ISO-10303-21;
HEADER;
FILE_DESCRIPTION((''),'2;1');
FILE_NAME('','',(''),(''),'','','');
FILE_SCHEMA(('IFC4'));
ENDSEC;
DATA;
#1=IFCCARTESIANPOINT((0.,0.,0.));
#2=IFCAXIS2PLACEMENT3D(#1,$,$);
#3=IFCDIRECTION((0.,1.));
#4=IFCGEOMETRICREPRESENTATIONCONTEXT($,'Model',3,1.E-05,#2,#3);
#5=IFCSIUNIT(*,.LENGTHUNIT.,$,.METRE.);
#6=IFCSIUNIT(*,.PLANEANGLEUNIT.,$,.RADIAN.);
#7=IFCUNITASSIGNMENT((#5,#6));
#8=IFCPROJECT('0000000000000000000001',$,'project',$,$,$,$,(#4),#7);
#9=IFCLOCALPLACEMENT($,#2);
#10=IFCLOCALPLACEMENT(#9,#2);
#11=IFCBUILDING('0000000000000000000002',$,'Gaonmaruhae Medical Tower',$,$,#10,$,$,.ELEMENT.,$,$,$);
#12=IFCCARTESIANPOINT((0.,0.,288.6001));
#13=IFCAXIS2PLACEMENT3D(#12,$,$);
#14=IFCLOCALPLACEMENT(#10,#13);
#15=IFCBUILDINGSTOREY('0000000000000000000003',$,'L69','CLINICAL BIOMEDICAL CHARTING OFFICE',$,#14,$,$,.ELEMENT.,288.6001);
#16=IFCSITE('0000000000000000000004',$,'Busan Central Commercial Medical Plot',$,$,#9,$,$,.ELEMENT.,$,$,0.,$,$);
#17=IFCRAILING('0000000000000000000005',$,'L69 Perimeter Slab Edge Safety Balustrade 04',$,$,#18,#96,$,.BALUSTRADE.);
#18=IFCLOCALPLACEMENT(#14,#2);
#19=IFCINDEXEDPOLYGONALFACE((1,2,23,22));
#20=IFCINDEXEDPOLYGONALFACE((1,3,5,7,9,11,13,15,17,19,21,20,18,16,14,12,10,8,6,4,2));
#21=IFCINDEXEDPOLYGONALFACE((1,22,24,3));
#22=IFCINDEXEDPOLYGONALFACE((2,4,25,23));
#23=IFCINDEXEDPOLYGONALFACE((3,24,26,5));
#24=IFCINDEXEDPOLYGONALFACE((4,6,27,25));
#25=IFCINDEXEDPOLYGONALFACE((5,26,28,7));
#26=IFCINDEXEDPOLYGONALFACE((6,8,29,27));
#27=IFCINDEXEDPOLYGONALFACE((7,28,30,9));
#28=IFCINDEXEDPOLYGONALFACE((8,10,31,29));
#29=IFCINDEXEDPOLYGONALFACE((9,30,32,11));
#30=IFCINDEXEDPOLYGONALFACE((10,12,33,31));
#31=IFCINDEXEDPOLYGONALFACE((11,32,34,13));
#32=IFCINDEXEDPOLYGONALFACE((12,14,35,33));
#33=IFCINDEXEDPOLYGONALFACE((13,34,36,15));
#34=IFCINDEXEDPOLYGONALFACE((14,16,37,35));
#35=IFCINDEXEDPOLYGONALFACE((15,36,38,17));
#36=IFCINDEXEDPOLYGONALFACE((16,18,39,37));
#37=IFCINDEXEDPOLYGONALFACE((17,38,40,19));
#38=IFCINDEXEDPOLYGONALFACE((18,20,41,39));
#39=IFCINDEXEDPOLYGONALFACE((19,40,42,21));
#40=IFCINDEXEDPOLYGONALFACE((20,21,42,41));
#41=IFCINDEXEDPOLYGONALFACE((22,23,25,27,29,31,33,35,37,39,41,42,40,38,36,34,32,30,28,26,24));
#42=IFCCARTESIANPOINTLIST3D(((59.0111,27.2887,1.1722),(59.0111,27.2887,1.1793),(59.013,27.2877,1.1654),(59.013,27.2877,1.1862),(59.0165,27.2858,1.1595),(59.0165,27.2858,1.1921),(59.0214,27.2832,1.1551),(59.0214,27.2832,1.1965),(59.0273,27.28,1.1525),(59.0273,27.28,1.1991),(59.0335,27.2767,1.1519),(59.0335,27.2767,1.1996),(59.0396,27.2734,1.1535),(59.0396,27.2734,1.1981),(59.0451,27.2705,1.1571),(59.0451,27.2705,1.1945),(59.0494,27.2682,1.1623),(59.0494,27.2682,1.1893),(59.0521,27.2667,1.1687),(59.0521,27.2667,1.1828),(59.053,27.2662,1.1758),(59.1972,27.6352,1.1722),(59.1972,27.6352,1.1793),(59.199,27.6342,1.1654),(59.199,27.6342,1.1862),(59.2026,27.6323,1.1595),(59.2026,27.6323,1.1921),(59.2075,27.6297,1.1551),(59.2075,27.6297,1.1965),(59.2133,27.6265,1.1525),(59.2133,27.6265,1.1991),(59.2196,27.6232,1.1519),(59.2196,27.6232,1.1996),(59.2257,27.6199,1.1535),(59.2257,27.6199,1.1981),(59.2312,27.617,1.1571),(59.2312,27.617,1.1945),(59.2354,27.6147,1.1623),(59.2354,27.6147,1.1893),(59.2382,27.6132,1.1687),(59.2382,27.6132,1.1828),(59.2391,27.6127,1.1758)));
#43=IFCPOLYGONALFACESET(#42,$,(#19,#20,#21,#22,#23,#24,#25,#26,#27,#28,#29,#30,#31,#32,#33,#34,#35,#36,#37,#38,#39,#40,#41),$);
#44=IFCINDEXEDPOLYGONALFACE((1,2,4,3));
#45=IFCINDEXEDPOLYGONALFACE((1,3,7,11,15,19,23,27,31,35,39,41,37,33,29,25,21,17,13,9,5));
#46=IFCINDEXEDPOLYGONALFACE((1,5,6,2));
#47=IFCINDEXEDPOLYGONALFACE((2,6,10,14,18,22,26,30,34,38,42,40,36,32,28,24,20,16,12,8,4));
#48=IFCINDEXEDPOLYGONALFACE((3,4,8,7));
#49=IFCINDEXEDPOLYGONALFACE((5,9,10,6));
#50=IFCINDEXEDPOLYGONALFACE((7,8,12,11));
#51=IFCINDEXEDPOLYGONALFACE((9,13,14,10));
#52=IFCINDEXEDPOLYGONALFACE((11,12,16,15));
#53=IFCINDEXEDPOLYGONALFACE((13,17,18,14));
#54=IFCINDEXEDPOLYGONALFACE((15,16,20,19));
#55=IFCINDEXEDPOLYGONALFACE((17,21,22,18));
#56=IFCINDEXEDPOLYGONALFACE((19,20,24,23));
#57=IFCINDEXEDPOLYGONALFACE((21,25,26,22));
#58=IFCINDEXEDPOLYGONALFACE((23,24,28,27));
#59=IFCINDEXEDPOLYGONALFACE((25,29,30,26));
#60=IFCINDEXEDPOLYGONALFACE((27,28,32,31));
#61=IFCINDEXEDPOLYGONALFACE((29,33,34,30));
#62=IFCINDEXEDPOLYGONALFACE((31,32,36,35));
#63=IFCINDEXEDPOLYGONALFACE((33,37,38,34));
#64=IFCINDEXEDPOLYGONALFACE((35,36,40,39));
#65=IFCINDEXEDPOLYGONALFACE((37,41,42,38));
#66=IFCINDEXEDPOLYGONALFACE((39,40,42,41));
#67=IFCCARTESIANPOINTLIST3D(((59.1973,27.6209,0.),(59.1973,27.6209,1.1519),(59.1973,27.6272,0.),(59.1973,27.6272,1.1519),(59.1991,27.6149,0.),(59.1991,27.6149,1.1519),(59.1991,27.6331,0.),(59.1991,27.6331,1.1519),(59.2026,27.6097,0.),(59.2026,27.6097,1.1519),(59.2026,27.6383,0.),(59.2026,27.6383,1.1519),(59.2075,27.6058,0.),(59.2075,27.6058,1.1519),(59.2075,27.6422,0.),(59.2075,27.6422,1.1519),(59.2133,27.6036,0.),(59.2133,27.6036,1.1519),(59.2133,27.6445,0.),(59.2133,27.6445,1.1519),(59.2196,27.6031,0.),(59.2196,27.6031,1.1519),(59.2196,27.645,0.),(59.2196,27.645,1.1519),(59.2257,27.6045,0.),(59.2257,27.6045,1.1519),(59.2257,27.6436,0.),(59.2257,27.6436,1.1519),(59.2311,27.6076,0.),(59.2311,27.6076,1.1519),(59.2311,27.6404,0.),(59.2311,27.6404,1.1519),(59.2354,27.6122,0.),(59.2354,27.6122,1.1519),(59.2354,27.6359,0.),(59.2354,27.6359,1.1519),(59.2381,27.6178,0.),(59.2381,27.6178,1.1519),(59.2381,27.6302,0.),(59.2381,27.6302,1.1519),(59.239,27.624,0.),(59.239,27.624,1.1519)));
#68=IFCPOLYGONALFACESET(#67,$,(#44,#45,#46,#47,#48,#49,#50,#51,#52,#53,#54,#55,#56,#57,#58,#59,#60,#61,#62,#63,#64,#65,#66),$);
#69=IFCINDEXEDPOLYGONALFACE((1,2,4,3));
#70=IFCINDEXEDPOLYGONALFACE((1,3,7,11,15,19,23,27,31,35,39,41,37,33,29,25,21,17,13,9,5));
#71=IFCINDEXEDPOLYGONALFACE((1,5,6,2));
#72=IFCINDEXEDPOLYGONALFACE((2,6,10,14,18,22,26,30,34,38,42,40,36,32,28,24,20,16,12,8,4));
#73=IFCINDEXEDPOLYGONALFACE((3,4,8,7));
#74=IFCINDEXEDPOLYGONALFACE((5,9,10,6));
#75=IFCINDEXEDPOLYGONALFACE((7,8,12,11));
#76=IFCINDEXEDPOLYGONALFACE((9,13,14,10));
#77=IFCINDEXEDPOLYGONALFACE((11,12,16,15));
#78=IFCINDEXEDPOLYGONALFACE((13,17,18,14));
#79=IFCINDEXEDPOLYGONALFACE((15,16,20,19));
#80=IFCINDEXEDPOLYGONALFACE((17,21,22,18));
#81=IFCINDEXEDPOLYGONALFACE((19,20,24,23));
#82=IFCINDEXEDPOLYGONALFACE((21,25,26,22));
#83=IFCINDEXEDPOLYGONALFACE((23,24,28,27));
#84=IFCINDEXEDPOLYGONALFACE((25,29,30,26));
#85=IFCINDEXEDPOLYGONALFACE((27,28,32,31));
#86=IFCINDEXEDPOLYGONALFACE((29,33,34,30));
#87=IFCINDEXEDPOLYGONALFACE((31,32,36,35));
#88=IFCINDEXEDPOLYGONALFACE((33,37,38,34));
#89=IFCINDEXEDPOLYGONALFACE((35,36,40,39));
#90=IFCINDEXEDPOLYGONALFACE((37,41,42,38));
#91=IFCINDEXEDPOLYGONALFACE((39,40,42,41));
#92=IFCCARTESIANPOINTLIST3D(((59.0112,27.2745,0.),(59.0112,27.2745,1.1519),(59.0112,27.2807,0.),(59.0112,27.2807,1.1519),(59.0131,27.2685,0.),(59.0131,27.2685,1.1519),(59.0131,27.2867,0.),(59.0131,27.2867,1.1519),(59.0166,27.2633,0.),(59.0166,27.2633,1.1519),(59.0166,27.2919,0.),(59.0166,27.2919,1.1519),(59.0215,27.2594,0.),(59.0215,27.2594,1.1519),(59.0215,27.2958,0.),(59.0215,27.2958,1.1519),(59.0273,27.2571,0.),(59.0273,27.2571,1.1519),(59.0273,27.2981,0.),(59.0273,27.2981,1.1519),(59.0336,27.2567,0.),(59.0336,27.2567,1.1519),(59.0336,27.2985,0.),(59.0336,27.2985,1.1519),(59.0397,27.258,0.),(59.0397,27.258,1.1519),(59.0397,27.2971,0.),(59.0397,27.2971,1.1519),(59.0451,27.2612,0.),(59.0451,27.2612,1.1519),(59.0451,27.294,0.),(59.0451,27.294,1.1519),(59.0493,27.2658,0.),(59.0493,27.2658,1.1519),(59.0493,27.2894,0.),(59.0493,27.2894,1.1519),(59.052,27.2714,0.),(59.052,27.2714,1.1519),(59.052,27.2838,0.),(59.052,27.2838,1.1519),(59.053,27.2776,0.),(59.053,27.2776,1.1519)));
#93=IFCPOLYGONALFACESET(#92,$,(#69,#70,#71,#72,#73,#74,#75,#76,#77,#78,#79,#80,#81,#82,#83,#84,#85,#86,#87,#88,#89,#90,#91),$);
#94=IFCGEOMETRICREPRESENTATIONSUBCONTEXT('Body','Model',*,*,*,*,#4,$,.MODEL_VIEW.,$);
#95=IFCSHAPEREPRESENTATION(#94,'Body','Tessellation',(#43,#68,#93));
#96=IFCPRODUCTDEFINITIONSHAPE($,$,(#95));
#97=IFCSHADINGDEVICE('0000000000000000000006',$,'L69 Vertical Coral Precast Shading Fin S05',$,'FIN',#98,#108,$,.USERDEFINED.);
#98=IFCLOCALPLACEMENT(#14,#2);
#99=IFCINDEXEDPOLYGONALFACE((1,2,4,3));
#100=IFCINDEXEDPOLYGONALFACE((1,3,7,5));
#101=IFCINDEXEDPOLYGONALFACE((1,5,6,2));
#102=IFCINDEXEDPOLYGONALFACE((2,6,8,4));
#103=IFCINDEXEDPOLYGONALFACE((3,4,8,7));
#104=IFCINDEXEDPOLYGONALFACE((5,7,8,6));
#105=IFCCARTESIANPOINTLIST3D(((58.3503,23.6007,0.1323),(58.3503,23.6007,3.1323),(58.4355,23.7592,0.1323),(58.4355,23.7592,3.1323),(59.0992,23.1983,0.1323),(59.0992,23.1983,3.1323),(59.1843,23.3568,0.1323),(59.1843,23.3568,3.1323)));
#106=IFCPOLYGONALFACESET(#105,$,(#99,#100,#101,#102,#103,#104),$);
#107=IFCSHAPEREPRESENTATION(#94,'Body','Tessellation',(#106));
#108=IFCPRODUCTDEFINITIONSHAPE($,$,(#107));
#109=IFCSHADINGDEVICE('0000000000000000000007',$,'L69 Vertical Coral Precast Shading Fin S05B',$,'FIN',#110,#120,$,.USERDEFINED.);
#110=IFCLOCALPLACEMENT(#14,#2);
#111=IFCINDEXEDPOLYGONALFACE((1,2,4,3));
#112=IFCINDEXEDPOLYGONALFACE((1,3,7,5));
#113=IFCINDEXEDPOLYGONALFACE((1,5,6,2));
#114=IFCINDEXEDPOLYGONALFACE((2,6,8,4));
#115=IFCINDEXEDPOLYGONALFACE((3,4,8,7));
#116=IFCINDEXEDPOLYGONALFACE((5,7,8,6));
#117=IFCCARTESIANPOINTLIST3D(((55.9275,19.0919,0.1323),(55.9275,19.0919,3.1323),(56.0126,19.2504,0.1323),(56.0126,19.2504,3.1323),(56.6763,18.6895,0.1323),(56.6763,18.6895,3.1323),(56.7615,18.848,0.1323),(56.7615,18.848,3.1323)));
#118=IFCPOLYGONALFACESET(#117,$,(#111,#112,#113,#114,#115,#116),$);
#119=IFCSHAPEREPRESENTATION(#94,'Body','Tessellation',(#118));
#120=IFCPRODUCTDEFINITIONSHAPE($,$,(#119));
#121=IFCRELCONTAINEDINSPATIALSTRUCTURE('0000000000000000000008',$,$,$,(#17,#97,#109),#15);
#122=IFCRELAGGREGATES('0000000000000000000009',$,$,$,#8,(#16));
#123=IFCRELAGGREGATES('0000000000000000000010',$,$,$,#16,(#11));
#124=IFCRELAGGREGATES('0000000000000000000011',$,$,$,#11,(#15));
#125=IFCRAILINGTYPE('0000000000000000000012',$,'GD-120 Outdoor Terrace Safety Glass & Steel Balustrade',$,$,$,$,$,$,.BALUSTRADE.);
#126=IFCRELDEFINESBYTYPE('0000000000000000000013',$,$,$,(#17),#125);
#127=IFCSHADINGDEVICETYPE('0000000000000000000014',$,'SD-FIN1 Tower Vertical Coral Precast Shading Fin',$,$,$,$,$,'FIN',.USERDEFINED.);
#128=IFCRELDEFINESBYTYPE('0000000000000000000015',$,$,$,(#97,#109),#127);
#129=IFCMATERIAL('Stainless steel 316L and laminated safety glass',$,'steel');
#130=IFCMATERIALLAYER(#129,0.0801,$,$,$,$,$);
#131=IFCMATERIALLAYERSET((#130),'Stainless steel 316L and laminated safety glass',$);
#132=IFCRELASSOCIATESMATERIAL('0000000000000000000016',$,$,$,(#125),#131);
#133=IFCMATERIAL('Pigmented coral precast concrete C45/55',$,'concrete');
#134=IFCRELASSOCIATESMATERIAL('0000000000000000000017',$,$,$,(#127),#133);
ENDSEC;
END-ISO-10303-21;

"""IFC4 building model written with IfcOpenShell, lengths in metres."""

from ifc_helpers import new_model, si_unit, direction, frame, origin, origin_2d, place, context, subcontext, project, spatial, rectangle, circle, extrude, material, layer, layer_set, type_object, element, save


model = new_model("IFC4")

# Units and contexts
model_context = context("Model", 3, precision=1e-05, world=origin(), true_north=direction((0.0, 1.0)))
body_context = subcontext(model_context, "Body", "Model", "MODEL_VIEW")
ifc_project = project(units=[si_unit("LENGTHUNIT", "METRE"), si_unit("PLANEANGLEUNIT", "RADIAN")], contexts=[model_context])

# Site, building, storey
site_placement = place(None, origin())
site = spatial("IfcSite", under=ifc_project, at=site_placement, Name="Busan Central Commercial Medical Plot", CompositionType="ELEMENT", RefElevation=0.0)
building_placement = place(site_placement, origin())
building = spatial("IfcBuilding", under=site, at=building_placement, Name="Gaonmaruhae Medical Tower", CompositionType="ELEMENT")
storey_placement = place(building_placement, frame((0.0, 0.0, 288.6001)))
storey = spatial("IfcBuildingStorey", under=building, at=storey_placement, Name="L69", Description="CLINICAL BIOMEDICAL CHARTING OFFICE", CompositionType="ELEMENT", Elevation=288.6001)

# Railing
ifc_material_1 = material(Name="Stainless steel 316L and laminated safety glass", Category="steel")
ifc_layer_1 = layer(ifc_material_1, 0.0801)
ifc_layer_set_1 = layer_set([ifc_layer_1], Name="Stainless steel 316L and laminated safety glass")
railing_type = type_object("IfcRailingType", Name="GD-120 Outdoor Terrace Safety Glass & Steel Balustrade", PredefinedType="BALUSTRADE", material=ifc_layer_set_1)
railing_placement = place(storey_placement, frame((59.218, 27.624, 0.0)))
element("IfcRailing", 1, at=railing_placement, inside=storey, type_object=railing_type, Name="L69 Perimeter Slab Edge Safety Balustrade 04", PredefinedType="BALUSTRADE", context=body_context, shape_type="SweptSolid", body=[
    extrude(circle(Radius=0.0239, at=origin_2d()), frame((0.0, 0.0, 1.1758), z_axis=(-0.4731, -0.881009, 0.0), x_axis=(0.881009, -0.4731, 0.0)), (0.0, 0.0, 1.0), 0.3933),
    extrude(circle(Radius=0.021, at=origin_2d()), origin(), (0.0, 0.0, 1.0), 1.1519),
    extrude(circle(Radius=0.021, at=origin_2d()), frame((-0.186, -0.3464, 0.0)), (0.0, 0.0, 1.0), 1.1519),
])

# Shading devices
ifc_material_2 = material(Name="Pigmented coral precast concrete C45/55", Category="concrete")
shading_device_type = type_object("IfcShadingDeviceType", Name="SD-FIN1 Tower Vertical Coral Precast Shading Fin", ElementType="FIN", PredefinedType="USERDEFINED", material=ifc_material_2)
for number, where, z_axis, x_axis, name in (
    (2, (58.7673, 23.4788, 0.1323), (0.0, 0.0, 1.0), (-0.47332, -0.880891, 0.0), "L69 Vertical Coral Precast Shading Fin S05"),
    (3, (56.3445, 18.97, 0.1323), (0.0, 0.0, 1.0), (-0.47332, -0.880891, 0.0), "L69 Vertical Coral Precast Shading Fin S05B"),
):
    element("IfcShadingDevice", number, at=place(storey_placement, frame(where, z_axis=z_axis, x_axis=x_axis)), inside=storey, type_object=shading_device_type, Name=name, ObjectType="FIN", PredefinedType="USERDEFINED", context=body_context, shape_type="SweptSolid", body=[
        extrude(rectangle(XDim=0.1799, YDim=0.8501, at=origin_2d()), origin(), (0.0, 0.0, 1.0), 3.0),
    ])

save(model, "model.ifc")
